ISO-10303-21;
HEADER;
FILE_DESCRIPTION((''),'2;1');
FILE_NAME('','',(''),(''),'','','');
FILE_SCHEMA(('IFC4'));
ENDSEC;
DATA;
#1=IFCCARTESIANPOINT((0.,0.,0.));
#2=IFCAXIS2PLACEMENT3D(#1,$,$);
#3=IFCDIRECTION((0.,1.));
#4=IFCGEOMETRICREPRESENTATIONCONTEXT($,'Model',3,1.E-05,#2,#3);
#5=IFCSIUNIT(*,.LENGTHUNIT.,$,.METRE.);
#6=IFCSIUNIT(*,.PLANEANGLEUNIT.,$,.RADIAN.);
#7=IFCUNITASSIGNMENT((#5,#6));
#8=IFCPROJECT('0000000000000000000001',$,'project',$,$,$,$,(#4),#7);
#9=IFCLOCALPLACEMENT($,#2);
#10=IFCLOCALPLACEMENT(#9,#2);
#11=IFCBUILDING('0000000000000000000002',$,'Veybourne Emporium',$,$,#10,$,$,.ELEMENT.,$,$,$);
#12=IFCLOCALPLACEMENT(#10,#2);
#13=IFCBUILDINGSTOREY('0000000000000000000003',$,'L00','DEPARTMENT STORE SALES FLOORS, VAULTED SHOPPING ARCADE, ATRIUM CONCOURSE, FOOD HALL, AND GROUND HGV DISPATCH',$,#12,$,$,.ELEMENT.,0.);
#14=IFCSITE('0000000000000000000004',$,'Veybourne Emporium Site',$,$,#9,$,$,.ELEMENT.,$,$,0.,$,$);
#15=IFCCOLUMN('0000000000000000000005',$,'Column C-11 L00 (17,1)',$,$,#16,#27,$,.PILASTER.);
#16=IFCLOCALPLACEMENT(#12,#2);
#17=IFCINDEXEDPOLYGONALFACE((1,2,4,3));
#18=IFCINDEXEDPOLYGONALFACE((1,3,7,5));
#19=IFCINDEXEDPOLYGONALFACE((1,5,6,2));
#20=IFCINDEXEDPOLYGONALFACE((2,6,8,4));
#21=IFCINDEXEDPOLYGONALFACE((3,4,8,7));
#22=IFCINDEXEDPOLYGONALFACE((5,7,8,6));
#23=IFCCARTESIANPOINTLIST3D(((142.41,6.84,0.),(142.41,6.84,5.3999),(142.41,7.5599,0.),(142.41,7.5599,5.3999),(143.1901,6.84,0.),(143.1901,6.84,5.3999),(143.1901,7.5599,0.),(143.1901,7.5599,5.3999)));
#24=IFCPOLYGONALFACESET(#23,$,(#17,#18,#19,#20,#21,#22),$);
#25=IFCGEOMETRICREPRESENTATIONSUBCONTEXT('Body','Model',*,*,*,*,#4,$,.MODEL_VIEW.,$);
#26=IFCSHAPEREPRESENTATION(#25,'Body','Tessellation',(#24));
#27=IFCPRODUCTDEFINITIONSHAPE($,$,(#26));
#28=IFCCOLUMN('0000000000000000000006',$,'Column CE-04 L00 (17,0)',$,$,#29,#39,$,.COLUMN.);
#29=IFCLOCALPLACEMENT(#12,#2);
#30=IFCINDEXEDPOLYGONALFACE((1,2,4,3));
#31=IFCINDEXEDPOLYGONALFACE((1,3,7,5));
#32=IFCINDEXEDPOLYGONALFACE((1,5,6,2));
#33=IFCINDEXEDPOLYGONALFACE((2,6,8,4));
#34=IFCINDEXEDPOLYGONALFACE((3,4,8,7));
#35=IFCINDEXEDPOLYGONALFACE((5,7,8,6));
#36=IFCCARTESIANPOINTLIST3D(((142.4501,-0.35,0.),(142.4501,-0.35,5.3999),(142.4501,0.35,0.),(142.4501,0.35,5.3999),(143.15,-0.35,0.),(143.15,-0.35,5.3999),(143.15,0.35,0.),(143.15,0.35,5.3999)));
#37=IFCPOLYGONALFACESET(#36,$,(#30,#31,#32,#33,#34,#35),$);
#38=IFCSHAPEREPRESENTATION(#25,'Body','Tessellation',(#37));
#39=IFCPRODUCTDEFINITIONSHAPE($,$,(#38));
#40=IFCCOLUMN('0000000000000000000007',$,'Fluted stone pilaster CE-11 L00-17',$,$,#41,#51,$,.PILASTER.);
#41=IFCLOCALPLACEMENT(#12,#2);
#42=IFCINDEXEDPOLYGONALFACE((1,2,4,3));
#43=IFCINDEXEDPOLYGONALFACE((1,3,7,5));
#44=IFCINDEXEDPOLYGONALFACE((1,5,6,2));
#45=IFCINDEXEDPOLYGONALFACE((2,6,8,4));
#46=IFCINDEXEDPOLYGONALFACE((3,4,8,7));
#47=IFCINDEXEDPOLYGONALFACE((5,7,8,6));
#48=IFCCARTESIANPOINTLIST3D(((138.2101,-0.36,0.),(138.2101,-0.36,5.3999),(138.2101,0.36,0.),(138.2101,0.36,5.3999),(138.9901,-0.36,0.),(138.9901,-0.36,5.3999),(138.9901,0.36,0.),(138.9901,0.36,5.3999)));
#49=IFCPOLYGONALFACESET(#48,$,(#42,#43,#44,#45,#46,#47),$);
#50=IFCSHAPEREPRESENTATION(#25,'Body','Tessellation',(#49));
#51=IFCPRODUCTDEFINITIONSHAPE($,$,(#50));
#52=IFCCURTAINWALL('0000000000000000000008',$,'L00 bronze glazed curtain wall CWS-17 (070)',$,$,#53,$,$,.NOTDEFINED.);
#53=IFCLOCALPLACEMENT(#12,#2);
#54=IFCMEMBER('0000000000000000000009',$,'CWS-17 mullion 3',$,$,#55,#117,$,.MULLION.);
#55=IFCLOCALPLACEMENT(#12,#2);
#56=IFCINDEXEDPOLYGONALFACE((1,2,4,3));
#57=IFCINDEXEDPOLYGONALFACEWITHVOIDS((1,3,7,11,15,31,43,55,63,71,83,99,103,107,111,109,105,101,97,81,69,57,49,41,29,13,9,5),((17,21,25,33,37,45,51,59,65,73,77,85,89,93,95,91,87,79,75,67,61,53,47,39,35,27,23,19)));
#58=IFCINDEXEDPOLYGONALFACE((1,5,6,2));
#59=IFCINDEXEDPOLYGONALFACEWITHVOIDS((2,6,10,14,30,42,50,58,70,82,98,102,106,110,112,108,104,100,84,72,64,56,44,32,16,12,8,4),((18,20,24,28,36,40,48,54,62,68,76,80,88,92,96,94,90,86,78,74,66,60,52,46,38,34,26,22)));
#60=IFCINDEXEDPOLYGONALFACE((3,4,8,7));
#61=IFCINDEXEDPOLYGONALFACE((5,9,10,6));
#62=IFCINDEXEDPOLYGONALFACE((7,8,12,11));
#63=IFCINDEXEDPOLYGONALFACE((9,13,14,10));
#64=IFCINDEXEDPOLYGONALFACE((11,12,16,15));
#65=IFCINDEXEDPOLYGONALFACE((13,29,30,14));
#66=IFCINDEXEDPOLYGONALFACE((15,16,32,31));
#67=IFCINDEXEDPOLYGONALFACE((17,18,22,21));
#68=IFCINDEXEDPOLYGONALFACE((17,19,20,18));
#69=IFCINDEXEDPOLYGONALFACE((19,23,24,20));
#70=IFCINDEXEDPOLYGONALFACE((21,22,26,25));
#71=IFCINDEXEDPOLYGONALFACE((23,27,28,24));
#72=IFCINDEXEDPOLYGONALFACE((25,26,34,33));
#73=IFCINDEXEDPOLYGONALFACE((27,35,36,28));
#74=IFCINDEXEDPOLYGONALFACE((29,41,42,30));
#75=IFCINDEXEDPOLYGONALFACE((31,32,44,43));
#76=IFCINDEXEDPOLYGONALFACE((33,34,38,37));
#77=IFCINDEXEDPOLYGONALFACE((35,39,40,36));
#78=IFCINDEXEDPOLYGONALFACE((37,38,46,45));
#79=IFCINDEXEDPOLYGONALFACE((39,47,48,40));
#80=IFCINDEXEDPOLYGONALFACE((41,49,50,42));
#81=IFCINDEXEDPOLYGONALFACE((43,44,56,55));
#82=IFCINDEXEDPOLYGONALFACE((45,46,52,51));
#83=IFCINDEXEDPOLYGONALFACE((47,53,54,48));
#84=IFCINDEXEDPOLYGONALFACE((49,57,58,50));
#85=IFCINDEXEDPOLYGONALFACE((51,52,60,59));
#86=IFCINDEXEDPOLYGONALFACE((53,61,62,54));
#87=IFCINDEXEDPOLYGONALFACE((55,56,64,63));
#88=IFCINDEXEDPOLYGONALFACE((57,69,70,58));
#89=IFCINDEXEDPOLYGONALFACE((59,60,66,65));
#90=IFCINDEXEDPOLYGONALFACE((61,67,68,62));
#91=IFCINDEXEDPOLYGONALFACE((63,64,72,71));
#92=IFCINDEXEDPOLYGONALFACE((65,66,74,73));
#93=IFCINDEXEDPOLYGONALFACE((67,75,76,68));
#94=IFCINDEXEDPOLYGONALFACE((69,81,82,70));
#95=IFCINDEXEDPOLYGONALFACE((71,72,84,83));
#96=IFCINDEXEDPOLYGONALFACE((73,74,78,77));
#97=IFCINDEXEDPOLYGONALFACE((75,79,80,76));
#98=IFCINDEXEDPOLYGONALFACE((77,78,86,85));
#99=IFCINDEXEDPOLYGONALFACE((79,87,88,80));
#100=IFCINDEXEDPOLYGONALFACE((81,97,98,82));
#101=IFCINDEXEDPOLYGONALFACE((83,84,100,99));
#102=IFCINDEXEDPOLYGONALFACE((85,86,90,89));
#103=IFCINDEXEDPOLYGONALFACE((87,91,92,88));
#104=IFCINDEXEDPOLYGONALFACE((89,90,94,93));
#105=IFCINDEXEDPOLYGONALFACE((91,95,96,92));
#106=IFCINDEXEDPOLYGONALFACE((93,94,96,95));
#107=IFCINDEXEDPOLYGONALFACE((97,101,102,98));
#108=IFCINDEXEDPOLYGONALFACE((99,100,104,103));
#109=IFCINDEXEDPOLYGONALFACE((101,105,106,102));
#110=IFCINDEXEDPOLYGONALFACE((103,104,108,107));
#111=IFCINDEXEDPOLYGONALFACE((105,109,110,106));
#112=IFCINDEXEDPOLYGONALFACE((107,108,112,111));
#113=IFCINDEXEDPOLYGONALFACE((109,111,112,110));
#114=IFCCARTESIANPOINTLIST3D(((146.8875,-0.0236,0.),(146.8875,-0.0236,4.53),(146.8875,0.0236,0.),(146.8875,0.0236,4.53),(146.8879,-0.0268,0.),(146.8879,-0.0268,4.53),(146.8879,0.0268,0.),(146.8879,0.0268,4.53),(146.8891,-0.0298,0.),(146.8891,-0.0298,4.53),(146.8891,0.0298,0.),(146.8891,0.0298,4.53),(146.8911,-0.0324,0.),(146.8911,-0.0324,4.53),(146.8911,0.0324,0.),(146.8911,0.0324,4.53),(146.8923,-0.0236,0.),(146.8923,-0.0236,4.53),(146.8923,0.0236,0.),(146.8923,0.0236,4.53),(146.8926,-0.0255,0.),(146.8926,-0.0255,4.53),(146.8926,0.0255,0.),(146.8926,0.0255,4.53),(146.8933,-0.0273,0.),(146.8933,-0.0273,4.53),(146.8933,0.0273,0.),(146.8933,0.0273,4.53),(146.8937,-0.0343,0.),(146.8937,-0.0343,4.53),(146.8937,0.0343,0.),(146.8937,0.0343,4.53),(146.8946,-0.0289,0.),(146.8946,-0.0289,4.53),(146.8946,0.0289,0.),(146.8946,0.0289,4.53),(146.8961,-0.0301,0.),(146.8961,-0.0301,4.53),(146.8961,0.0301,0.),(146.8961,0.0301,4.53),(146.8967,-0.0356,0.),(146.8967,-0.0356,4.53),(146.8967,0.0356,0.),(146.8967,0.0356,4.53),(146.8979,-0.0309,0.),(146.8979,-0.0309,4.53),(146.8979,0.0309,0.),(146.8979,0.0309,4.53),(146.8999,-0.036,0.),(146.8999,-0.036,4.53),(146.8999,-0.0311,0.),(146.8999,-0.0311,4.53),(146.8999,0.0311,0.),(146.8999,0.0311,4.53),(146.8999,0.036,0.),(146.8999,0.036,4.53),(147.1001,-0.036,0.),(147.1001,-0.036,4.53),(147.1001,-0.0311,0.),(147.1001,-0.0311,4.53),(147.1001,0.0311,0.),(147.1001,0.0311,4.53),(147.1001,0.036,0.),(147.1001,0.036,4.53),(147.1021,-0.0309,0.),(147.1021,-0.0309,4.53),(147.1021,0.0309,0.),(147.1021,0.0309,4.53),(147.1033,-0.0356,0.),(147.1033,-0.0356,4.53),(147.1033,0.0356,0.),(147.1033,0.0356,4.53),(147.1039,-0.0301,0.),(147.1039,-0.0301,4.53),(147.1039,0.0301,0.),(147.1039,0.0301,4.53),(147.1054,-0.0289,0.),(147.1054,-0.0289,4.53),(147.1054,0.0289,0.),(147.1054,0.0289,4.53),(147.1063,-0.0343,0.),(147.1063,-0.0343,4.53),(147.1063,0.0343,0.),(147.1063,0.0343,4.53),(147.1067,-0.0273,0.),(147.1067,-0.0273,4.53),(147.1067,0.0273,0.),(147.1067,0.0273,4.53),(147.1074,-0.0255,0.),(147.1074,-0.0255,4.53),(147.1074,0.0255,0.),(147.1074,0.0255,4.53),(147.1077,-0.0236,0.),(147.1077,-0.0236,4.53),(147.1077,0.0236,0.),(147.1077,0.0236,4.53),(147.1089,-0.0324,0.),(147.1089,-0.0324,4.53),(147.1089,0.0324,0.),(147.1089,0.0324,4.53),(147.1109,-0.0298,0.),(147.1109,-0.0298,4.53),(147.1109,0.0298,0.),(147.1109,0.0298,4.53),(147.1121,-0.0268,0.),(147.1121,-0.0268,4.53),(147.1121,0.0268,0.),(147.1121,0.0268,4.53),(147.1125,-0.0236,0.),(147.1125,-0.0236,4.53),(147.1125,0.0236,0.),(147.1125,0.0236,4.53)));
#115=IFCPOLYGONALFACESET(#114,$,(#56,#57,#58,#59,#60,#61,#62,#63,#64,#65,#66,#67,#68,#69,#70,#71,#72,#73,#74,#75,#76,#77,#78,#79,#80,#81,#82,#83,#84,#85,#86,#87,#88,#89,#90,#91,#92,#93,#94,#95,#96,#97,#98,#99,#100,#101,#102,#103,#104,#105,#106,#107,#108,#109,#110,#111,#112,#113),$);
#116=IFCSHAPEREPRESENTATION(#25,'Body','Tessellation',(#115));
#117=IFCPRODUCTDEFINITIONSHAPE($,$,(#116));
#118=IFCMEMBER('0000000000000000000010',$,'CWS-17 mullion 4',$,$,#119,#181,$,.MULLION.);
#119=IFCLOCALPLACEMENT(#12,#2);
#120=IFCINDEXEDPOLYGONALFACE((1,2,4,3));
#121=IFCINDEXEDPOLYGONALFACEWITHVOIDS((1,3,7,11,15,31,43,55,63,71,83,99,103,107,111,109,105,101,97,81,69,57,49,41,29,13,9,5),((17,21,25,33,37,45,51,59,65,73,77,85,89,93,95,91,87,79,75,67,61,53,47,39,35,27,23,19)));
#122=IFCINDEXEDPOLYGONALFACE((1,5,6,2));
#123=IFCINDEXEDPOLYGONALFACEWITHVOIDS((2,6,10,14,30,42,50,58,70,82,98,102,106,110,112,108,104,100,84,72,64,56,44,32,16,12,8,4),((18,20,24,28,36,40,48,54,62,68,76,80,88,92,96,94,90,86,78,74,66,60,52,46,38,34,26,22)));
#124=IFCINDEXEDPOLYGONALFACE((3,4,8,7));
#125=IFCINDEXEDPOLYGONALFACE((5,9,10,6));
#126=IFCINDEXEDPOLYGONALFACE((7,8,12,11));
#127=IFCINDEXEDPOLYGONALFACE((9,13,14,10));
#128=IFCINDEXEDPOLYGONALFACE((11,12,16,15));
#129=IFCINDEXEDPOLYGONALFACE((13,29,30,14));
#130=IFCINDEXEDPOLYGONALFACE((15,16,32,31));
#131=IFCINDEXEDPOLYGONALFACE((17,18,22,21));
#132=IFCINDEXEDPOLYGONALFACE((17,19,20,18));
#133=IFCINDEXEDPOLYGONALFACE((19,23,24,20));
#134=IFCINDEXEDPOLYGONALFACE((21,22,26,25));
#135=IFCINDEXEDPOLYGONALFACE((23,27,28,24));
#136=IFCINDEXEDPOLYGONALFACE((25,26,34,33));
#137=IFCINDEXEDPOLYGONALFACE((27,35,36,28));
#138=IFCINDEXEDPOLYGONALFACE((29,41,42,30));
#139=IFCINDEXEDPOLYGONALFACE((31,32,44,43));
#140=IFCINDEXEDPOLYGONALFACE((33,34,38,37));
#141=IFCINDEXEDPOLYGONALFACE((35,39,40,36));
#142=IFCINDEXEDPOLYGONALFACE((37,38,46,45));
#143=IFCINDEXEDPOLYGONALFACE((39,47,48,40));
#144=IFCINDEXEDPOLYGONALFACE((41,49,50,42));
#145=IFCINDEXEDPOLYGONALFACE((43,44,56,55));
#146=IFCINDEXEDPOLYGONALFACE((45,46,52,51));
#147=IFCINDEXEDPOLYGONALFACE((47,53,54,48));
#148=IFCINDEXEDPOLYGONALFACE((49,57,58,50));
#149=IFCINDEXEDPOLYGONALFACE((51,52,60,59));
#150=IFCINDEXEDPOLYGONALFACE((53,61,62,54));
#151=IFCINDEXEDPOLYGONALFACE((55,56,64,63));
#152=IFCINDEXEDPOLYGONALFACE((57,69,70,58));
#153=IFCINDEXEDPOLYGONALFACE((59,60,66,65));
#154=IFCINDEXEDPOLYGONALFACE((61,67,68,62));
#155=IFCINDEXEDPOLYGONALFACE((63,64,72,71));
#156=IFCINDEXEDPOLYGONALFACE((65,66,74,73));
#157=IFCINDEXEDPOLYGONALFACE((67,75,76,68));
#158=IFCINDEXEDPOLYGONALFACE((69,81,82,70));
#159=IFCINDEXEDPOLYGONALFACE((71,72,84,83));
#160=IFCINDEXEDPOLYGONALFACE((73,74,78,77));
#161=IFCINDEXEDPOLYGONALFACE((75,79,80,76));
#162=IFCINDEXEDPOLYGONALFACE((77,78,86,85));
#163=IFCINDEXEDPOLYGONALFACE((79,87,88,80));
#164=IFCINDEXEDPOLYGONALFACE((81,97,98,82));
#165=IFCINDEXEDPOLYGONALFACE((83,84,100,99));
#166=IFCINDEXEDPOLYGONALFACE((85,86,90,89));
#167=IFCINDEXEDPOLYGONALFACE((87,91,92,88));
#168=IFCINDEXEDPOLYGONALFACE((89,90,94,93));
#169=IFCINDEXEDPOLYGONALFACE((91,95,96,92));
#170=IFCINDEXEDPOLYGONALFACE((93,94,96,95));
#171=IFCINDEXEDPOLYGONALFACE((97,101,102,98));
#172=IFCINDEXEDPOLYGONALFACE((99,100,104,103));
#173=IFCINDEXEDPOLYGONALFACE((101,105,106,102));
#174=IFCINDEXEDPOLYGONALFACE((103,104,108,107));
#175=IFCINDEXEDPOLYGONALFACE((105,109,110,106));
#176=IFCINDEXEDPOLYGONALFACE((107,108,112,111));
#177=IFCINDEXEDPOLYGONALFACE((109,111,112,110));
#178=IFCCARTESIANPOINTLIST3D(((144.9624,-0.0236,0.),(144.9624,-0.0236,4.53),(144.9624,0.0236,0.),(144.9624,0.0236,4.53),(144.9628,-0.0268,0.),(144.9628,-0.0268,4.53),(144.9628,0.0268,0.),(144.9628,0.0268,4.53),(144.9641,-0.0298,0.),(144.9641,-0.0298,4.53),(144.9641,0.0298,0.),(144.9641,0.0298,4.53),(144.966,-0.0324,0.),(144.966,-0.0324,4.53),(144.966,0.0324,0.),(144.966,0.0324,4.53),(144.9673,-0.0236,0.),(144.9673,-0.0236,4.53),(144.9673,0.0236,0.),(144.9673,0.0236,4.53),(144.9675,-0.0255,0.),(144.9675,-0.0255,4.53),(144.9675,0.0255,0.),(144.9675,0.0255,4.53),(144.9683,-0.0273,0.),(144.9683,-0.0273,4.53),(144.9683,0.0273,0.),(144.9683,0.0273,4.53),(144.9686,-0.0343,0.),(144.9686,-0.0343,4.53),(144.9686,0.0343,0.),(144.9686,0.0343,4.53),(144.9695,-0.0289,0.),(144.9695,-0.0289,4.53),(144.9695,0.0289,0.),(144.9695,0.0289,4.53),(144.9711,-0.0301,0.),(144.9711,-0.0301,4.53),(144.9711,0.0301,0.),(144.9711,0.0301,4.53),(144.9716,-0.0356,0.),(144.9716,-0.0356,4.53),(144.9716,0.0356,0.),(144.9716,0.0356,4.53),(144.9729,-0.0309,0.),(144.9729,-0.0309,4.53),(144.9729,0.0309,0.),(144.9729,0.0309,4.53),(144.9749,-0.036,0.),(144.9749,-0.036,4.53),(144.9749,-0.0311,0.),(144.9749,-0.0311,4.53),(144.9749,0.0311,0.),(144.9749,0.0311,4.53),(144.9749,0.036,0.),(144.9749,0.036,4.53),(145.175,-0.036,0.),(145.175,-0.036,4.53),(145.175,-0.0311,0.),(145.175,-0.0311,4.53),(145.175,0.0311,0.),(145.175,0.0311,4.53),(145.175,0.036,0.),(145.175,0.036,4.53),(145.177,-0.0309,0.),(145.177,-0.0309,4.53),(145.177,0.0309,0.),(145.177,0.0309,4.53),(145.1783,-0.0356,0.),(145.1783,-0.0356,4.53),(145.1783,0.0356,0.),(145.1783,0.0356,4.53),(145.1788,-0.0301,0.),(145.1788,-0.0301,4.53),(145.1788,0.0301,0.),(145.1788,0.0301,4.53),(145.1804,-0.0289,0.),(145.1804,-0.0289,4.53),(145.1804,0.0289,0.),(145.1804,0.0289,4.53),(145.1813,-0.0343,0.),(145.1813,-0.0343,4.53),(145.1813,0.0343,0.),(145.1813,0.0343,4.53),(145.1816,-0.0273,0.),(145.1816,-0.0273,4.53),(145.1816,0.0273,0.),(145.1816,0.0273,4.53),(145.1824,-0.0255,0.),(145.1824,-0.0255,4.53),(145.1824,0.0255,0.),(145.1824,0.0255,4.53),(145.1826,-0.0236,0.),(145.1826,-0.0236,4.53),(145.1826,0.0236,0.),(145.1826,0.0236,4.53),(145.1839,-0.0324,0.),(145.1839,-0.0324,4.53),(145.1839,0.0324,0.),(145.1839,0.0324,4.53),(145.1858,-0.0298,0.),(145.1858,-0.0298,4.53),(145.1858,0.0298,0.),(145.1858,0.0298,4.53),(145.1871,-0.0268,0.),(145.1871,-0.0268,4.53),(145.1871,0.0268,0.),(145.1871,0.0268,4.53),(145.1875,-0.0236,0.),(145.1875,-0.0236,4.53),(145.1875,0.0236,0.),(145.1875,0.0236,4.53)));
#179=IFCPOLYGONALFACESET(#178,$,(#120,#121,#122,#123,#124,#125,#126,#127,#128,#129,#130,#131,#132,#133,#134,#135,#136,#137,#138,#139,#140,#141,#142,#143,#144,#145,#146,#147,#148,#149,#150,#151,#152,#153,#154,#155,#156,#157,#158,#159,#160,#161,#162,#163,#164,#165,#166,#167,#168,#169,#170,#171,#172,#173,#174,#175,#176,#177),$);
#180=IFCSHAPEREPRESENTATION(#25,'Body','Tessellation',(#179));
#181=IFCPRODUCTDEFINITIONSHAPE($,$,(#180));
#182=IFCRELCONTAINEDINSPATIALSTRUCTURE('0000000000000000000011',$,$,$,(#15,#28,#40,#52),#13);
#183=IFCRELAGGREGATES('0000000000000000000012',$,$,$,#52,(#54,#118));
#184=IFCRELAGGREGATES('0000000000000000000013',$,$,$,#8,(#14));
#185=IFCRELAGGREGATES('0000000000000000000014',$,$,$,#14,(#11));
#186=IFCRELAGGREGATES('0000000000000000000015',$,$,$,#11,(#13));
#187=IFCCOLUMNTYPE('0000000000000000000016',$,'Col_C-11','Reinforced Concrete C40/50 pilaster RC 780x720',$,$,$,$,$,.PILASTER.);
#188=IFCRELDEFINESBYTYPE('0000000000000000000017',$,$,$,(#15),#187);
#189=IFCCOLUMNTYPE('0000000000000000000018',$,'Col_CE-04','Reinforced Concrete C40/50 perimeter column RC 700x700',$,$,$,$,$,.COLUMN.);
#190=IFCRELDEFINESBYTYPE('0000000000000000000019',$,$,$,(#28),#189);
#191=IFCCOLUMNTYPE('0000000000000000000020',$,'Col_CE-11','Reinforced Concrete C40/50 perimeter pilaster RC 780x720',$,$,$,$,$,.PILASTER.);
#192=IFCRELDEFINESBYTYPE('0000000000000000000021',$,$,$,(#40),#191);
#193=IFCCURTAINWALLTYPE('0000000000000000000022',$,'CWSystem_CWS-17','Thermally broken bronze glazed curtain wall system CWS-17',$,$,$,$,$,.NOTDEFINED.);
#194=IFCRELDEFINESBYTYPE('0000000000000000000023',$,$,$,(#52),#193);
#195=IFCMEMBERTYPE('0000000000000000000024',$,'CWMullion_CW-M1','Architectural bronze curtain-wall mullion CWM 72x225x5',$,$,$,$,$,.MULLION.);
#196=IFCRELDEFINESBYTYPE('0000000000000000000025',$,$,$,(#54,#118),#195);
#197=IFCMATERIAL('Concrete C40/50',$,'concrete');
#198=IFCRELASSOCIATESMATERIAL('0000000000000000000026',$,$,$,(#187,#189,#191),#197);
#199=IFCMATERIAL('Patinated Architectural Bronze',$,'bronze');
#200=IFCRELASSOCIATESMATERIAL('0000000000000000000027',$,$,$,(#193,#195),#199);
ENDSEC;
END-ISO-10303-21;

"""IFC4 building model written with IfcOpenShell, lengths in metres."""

from ifc_helpers import new_model, si_unit, direction, frame, origin, origin_2d, place, context, subcontext, project, spatial, rectangle, hollow_rectangle, extrude, material, material_profile, profile_set, type_object, element, aggregate, save


model = new_model("IFC4")

# Units and contexts
model_context = context("Model", 3, precision=1e-05, world=origin(), true_north=direction((0.0, 1.0)))
body_context = subcontext(model_context, "Body", "Model", "MODEL_VIEW")
ifc_project = project(units=[si_unit("LENGTHUNIT", "METRE"), si_unit("PLANEANGLEUNIT", "RADIAN")], contexts=[model_context])

# Site, building, storey
site_placement = place(None, origin())
site = spatial("IfcSite", under=ifc_project, at=site_placement, Name="Veybourne Emporium Site", CompositionType="ELEMENT", RefElevation=0.0)
building_placement = place(site_placement, origin())
building = spatial("IfcBuilding", under=site, at=building_placement, Name="Veybourne Emporium", CompositionType="ELEMENT")
storey_placement = place(building_placement, origin())
storey = spatial("IfcBuildingStorey", under=building, at=storey_placement, Name="L00", Description="DEPARTMENT STORE SALES FLOORS, VAULTED SHOPPING ARCADE, ATRIUM CONCOURSE, FOOD HALL, AND GROUND HGV DISPATCH", CompositionType="ELEMENT", Elevation=0.0)

# Columns
ifc_material_1 = material(Name="Concrete C40/50", Category="concrete")
ifc_material_profile_1 = material_profile(ifc_material_1, rectangle(XDim=0.78, YDim=0.72, at=origin_2d()), Name="RC 780x720")
ifc_profile_set_1 = profile_set([ifc_material_profile_1], Name="Concrete C40/50")
column_type_1 = type_object("IfcColumnType", Name="Col_C-11", Description="Reinforced Concrete C40/50 pilaster RC 780x720", PredefinedType="PILASTER", material=ifc_profile_set_1)
column_1_placement = place(storey_placement, frame((142.8, 7.2, 0.0), z_axis=(0.0, 0.0, 1.0), x_axis=(1.0, 0.0, 0.0)))
element("IfcColumn", 1, at=column_1_placement, inside=storey, type_object=column_type_1, Name="Column C-11 L00 (17,1)", PredefinedType="PILASTER", context=body_context, shape_type="SweptSolid", body=[
    extrude(rectangle(XDim=0.78, YDim=0.72, at=origin_2d()), origin(), (0.0, 0.0, 1.0), 5.3999),
])
ifc_material_profile_2 = material_profile(ifc_material_1, rectangle(XDim=0.7, YDim=0.7, at=origin_2d()), Name="RC 700x700")
ifc_profile_set_2 = profile_set([ifc_material_profile_2], Name="Concrete C40/50")
column_type_2 = type_object("IfcColumnType", Name="Col_CE-04", Description="Reinforced Concrete C40/50 perimeter column RC 700x700", PredefinedType="COLUMN", material=ifc_profile_set_2)
column_2_placement = place(storey_placement, frame((142.8, 0.0, 0.0), z_axis=(0.0, 0.0, 1.0), x_axis=(1.0, 0.0, 0.0)))
element("IfcColumn", 2, at=column_2_placement, inside=storey, type_object=column_type_2, Name="Column CE-04 L00 (17,0)", PredefinedType="COLUMN", context=body_context, shape_type="SweptSolid", body=[
    extrude(rectangle(XDim=0.7, YDim=0.7, at=origin_2d()), origin(), (0.0, 0.0, 1.0), 5.3999),
])
ifc_material_profile_3 = material_profile(ifc_material_1, rectangle(XDim=0.78, YDim=0.72, at=origin_2d()), Name="RC 780x720")
ifc_profile_set_3 = profile_set([ifc_material_profile_3], Name="Concrete C40/50")
column_type_3 = type_object("IfcColumnType", Name="Col_CE-11", Description="Reinforced Concrete C40/50 perimeter pilaster RC 780x720", PredefinedType="PILASTER", material=ifc_profile_set_3)
column_3_placement = place(storey_placement, frame((138.6001, 0.0, 0.0), z_axis=(0.0, 0.0, 1.0), x_axis=(1.0, 0.0, 0.0)))
element("IfcColumn", 3, at=column_3_placement, inside=storey, type_object=column_type_3, Name="Fluted stone pilaster CE-11 L00-17", PredefinedType="PILASTER", context=body_context, shape_type="SweptSolid", body=[
    extrude(rectangle(XDim=0.78, YDim=0.72, at=origin_2d()), origin(), (0.0, 0.0, 1.0), 5.3999),
])

# Curtain wall, members
ifc_material_2 = material(Name="Patinated Architectural Bronze", Category="bronze")
curtain_wall_type = type_object("IfcCurtainWallType", Name="CWSystem_CWS-17", Description="Thermally broken bronze glazed curtain wall system CWS-17", PredefinedType="NOTDEFINED", material=ifc_material_2)
curtain_wall_placement = place(storey_placement, origin())
curtain_wall = element("IfcCurtainWall", 4, at=curtain_wall_placement, inside=storey, type_object=curtain_wall_type, Name="L00 bronze glazed curtain wall CWS-17 (070)", PredefinedType="NOTDEFINED")
ifc_material_profile_4 = material_profile(ifc_material_2, hollow_rectangle(XDim=0.072, YDim=0.2251, WallThickness=0.0049, InnerFilletRadius=0.0076, OuterFilletRadius=0.0125, at=origin_2d()), Name="CWM 72x225x5")
ifc_profile_set_4 = profile_set([ifc_material_profile_4], Name="Patinated Architectural Bronze")
member_type_1 = type_object("IfcMemberType", Name="CWMullion_CW-M1", Description="Architectural bronze curtain-wall mullion CWM 72x225x5", PredefinedType="MULLION", material=ifc_profile_set_4)
member_1_placement = place(storey_placement, frame((147.0, 0.0, 0.0), z_axis=(0.0, 0.0, 1.0), x_axis=(0.0, -1.0, 0.0)))
member_1 = element("IfcMember", 5, at=member_1_placement, type_object=member_type_1, Name="CWS-17 mullion 3", PredefinedType="MULLION", context=body_context, shape_type="SweptSolid", body=[
    extrude(hollow_rectangle(XDim=0.072, YDim=0.2251, WallThickness=0.0049, InnerFilletRadius=0.0076, OuterFilletRadius=0.0125, at=origin_2d()), origin(), (0.0, 0.0, 1.0), 4.53),
])
member_2_placement = place(storey_placement, frame((145.075, 0.0, 0.0), z_axis=(0.0, 0.0, 1.0), x_axis=(0.0, -1.0, 0.0)))
member_2 = element("IfcMember", 6, at=member_2_placement, type_object=member_type_1, Name="CWS-17 mullion 4", PredefinedType="MULLION", context=body_context, shape_type="SweptSolid", body=[
    extrude(hollow_rectangle(XDim=0.072, YDim=0.2251, WallThickness=0.0049, InnerFilletRadius=0.0076, OuterFilletRadius=0.0125, at=origin_2d()), origin(), (0.0, 0.0, 1.0), 4.53),
])

aggregate(curtain_wall, [member_1, member_2])

save(model, "model.ifc")
